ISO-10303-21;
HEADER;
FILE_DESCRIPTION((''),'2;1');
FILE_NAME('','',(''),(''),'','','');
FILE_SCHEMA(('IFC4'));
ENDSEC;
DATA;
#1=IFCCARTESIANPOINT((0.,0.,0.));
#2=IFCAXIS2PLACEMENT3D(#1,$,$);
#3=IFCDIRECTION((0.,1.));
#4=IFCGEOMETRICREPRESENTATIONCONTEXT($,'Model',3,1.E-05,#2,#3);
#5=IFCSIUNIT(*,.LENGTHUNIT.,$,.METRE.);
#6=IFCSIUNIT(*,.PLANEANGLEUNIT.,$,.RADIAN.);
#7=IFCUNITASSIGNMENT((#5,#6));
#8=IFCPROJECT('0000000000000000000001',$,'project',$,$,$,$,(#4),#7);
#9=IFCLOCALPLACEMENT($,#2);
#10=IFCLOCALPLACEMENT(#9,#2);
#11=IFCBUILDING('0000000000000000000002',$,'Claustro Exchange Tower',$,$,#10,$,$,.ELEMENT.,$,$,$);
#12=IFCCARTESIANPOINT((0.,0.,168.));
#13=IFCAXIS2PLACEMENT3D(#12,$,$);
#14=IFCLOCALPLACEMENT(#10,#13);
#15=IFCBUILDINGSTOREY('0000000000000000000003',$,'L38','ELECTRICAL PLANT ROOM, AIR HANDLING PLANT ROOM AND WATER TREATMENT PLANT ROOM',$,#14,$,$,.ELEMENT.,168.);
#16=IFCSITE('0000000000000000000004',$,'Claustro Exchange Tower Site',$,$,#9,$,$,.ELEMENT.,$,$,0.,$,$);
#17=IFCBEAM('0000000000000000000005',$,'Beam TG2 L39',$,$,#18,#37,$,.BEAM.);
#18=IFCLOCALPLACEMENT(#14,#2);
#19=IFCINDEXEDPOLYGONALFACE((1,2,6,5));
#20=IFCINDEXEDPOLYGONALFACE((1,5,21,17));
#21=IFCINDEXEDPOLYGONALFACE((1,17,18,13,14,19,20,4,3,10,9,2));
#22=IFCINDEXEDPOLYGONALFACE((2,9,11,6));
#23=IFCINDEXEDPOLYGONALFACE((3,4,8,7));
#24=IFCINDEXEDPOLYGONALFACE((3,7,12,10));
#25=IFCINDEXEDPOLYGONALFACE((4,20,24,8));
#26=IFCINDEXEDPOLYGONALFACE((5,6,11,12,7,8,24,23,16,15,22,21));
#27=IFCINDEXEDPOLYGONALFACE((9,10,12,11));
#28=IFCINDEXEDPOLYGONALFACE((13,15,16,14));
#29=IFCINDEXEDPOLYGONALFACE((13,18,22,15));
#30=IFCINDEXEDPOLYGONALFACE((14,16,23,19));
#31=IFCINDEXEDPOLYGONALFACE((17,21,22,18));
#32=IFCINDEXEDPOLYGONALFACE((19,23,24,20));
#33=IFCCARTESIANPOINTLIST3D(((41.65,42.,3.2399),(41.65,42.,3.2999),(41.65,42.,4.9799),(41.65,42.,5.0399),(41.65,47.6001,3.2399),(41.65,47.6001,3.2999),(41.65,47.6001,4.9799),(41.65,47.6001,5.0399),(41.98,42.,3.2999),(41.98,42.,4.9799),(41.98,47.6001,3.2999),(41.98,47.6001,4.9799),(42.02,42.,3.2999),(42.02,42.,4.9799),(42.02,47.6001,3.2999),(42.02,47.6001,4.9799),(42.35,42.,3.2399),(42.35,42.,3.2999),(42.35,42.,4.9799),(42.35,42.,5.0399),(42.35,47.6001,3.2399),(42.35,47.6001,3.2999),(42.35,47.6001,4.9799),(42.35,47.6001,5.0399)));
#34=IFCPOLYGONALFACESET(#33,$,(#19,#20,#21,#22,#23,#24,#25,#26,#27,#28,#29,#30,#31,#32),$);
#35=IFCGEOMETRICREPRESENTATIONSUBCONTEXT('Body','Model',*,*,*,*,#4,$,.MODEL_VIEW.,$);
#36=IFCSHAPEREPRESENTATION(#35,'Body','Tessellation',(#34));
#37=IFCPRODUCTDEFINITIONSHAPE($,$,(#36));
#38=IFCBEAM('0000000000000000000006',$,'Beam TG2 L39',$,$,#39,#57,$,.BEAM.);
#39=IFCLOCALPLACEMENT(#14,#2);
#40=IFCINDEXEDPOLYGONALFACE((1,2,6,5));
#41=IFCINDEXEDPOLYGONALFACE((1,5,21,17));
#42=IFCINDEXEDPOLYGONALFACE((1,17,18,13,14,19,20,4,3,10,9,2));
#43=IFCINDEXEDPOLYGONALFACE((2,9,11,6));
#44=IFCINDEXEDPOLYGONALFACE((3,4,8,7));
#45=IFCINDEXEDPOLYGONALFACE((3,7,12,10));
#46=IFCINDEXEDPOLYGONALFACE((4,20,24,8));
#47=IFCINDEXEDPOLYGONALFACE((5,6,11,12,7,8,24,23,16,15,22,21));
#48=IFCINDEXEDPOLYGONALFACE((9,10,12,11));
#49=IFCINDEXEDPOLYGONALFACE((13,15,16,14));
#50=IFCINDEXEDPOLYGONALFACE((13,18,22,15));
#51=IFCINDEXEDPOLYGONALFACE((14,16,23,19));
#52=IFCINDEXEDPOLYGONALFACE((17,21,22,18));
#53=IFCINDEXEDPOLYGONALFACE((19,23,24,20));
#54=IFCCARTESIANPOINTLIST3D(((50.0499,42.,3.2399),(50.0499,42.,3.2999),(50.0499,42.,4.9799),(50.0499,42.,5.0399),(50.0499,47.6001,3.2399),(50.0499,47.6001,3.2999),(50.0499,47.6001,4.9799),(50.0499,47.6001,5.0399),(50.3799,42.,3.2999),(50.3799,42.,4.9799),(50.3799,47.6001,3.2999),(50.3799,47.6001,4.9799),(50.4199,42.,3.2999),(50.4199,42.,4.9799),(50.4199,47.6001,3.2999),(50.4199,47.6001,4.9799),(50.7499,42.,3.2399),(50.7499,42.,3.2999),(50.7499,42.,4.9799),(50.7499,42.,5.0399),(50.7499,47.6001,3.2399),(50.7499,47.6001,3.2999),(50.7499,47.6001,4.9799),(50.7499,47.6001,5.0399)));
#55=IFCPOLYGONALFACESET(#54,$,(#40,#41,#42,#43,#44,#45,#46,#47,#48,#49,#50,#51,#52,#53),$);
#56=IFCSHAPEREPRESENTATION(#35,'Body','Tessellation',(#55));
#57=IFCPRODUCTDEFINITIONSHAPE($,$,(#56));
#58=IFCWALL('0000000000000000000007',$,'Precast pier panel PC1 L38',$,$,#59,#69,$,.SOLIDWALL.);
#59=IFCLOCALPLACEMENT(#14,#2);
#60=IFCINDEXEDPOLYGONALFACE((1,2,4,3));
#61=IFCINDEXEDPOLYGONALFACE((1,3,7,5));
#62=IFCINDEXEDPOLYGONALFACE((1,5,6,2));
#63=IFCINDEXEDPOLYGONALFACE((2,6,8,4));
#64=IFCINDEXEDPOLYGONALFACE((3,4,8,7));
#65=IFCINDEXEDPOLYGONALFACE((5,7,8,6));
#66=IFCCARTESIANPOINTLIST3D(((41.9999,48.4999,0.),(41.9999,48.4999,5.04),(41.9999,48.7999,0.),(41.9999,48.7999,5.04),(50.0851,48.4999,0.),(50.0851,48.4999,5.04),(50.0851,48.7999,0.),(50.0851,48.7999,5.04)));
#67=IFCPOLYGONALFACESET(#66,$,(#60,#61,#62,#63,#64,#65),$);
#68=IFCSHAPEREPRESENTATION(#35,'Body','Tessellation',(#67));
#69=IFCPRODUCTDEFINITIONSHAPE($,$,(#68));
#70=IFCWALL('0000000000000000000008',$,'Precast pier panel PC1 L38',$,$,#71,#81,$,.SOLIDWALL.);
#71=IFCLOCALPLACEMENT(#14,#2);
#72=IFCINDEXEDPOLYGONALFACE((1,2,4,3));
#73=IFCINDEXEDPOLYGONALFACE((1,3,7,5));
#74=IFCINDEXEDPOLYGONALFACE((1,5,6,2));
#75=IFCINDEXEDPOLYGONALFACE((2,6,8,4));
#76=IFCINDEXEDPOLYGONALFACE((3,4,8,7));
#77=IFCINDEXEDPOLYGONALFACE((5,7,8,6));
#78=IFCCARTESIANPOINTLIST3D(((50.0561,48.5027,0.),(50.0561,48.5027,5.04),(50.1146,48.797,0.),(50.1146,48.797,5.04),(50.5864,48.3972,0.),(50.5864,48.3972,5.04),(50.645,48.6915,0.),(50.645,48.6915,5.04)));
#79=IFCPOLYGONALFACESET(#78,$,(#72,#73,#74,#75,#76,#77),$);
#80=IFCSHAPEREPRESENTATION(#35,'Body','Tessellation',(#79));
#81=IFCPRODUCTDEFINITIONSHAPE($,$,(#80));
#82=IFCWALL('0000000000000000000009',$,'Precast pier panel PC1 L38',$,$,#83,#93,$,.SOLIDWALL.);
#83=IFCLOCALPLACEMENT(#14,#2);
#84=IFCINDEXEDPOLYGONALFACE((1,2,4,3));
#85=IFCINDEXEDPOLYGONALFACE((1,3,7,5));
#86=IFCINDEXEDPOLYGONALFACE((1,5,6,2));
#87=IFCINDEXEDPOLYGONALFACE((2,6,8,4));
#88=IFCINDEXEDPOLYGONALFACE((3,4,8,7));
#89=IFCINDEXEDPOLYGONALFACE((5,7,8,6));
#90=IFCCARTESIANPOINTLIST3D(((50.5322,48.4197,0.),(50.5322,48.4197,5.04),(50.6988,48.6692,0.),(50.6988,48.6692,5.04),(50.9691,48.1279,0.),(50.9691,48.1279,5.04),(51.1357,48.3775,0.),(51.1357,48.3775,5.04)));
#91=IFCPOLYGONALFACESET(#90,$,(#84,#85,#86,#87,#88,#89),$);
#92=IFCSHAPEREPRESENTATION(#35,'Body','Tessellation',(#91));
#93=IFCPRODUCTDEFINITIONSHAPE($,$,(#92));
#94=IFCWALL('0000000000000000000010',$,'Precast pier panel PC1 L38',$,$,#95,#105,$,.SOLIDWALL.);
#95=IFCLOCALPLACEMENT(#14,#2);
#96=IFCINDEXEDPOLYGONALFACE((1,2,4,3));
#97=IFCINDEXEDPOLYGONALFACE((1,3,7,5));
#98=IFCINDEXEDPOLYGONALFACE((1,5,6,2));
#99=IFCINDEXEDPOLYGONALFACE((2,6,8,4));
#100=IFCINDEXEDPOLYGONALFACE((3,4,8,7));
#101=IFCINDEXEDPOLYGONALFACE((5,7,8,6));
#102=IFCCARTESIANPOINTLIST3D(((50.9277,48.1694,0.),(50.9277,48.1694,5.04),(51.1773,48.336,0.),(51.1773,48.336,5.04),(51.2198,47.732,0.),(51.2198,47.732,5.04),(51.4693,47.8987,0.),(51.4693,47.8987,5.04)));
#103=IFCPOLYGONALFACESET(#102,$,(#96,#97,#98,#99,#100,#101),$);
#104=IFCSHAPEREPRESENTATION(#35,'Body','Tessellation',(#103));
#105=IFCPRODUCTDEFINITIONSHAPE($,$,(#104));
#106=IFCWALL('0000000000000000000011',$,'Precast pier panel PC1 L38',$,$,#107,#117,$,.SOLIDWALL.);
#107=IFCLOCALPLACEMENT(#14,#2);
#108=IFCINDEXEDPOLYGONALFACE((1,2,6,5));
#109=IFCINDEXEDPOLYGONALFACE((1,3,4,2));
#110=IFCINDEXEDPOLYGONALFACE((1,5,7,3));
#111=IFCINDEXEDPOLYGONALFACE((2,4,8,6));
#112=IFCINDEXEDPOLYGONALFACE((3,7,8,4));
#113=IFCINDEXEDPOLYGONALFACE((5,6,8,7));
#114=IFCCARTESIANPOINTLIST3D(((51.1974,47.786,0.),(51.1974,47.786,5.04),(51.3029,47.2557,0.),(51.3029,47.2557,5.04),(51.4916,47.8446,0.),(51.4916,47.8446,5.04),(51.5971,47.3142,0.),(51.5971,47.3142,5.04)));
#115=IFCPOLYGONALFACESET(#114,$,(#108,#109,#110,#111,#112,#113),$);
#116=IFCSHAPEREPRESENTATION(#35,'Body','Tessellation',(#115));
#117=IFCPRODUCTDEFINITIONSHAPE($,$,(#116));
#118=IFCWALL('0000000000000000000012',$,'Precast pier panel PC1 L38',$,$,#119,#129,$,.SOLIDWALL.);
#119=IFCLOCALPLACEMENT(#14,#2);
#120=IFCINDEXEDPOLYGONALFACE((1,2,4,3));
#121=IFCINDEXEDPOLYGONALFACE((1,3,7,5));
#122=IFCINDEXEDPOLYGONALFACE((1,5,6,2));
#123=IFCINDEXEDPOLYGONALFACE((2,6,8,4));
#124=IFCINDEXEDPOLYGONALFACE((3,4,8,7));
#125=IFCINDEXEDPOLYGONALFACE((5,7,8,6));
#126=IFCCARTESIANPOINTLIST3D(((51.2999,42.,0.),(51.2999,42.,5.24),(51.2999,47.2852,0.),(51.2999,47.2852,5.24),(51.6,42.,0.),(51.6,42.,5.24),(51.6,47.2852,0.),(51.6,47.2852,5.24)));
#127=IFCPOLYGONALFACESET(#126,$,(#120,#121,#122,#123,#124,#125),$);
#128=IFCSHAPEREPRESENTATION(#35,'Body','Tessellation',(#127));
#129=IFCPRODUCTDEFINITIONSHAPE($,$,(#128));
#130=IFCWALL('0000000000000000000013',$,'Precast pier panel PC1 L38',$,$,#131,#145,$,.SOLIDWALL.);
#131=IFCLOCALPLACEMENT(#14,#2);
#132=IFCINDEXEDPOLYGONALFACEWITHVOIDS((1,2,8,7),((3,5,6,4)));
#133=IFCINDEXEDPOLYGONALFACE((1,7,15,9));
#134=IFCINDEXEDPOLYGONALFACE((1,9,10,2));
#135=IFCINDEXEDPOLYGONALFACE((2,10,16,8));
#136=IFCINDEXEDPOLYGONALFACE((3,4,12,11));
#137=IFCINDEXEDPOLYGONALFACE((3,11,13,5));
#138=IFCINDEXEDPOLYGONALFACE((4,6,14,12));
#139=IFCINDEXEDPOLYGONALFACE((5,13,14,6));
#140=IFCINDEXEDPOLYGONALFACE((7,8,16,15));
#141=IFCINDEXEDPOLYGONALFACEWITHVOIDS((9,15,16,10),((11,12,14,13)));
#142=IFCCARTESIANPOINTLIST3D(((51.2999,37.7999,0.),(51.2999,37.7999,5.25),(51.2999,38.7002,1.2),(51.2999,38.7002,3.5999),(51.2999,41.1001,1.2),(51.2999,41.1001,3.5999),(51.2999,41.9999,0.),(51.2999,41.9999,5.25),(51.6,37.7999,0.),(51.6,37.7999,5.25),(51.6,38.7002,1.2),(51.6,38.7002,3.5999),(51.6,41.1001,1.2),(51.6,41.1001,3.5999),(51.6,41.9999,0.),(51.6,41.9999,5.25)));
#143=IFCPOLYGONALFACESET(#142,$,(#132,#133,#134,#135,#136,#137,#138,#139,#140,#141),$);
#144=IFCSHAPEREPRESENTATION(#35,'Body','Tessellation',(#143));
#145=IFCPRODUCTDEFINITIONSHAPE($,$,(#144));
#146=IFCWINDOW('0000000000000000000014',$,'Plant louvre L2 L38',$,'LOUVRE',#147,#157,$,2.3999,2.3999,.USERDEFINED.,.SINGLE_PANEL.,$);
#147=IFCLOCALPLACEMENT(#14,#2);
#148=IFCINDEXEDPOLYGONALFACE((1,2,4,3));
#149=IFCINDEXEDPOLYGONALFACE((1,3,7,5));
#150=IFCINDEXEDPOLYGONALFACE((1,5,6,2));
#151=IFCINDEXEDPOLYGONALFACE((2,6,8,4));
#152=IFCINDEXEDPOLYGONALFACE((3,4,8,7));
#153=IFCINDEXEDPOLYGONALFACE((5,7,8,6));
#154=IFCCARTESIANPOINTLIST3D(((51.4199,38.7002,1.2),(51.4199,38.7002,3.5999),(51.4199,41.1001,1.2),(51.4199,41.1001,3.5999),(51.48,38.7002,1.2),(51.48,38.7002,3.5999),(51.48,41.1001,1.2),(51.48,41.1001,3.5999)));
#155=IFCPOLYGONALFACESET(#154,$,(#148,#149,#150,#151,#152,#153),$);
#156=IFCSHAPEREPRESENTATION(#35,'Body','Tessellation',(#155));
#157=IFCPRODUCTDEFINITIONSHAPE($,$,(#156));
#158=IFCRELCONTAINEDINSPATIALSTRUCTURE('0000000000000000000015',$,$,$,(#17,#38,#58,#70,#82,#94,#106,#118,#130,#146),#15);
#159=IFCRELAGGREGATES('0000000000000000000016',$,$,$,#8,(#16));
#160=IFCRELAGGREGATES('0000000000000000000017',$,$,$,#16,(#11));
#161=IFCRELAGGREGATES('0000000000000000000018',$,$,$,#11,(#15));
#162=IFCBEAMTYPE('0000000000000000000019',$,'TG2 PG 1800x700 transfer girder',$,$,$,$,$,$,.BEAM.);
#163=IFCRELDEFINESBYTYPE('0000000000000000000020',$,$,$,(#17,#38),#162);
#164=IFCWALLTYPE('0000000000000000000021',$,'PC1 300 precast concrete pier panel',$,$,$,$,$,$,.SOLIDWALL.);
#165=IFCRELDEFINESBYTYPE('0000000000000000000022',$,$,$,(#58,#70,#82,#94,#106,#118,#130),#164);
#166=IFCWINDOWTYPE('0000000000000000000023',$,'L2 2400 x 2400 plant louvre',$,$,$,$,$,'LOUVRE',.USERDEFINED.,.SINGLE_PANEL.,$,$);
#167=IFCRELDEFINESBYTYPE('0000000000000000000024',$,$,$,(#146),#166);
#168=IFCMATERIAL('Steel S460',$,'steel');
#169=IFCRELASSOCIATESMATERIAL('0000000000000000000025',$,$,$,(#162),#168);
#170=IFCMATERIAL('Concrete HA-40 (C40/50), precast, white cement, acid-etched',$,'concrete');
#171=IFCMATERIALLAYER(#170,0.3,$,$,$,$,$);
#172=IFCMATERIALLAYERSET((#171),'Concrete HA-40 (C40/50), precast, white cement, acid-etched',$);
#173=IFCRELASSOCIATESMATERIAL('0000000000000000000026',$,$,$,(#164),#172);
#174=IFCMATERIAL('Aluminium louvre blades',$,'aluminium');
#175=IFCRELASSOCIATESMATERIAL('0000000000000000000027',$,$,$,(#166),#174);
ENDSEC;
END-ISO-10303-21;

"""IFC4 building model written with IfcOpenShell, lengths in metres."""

from ifc_helpers import new_model, si_unit, direction, frame, frame_2d, origin, origin_2d, place, context, subcontext, project, spatial, rectangle, i_section, extrude, material, layer, layer_set, material_profile, profile_set, type_object, element, fill, save


model = new_model("IFC4")

# Units and contexts
model_context = context("Model", 3, precision=1e-05, world=origin(), true_north=direction((0.0, 1.0)))
body_context = subcontext(model_context, "Body", "Model", "MODEL_VIEW")
ifc_project = project(units=[si_unit("LENGTHUNIT", "METRE"), si_unit("PLANEANGLEUNIT", "RADIAN")], contexts=[model_context])

# Site, building, storey
site_placement = place(None, origin())
site = spatial("IfcSite", under=ifc_project, at=site_placement, Name="Claustro Exchange Tower Site", CompositionType="ELEMENT", RefElevation=0.0)
building_placement = place(site_placement, origin())
building = spatial("IfcBuilding", under=site, at=building_placement, Name="Claustro Exchange Tower", CompositionType="ELEMENT")
storey_placement = place(building_placement, frame((0.0, 0.0, 168.0)))
storey = spatial("IfcBuildingStorey", under=building, at=storey_placement, Name="L38", Description="ELECTRICAL PLANT ROOM, AIR HANDLING PLANT ROOM AND WATER TREATMENT PLANT ROOM", CompositionType="ELEMENT", Elevation=168.0)

# Beams
ifc_material_1 = material(Name="Steel S460", Category="steel")
ifc_material_profile_1 = material_profile(ifc_material_1, i_section(OverallWidth=0.7, OverallDepth=1.8, WebThickness=0.04, FlangeThickness=0.0601, at=origin_2d()), Name="PG 1800x700")
ifc_profile_set_1 = profile_set([ifc_material_profile_1], Name="Steel S460")
beam_type_1 = type_object("IfcBeamType", Name="TG2 PG 1800x700 transfer girder", PredefinedType="BEAM", material=ifc_profile_set_1)
for number, where, z_axis, x_axis, name in (
    (1, (42.0, 42.0, 4.1399), (0.0, 1.0, 0.0), (-1.0, 0.0, 0.0), "Beam TG2 L39"),
    (2, (50.3999, 42.0, 4.1399), (0.0, 1.0, 0.0), (-1.0, 0.0, 0.0), "Beam TG2 L39"),
):
    element("IfcBeam", number, at=place(storey_placement, frame(where, z_axis=z_axis, x_axis=x_axis)), inside=storey, type_object=beam_type_1, Name=name, PredefinedType="BEAM", context=body_context, shape_type="SweptSolid", body=[
        extrude(i_section(OverallWidth=0.7, OverallDepth=1.8, WebThickness=0.04, FlangeThickness=0.0601, at=origin_2d()), origin(), (0.0, 0.0, 1.0), 5.6001),
    ])

# Walls
ifc_material_2 = material(Name="Concrete HA-40 (C40/50), precast, white cement, acid-etched", Category="concrete")
ifc_layer = layer(ifc_material_2, 0.3)
ifc_layer_set = layer_set([ifc_layer], Name="Concrete HA-40 (C40/50), precast, white cement, acid-etched")
wall_type = type_object("IfcWallType", Name="PC1 300 precast concrete pier panel", PredefinedType="SOLIDWALL", material=ifc_layer_set)
wall_1_placement = place(storey_placement, frame((42.0, 48.6499, 0.0), z_axis=(0.0, 0.0, 1.0), x_axis=(1.0, 0.0, 0.0)))
element("IfcWall", 3, at=wall_1_placement, inside=storey, type_object=wall_type, Name="Precast pier panel PC1 L38", PredefinedType="SOLIDWALL", context=body_context, shape_type="SweptSolid", body=[
    extrude(rectangle(XDim=8.0852, YDim=0.3, at=frame_2d((4.0425, 0.0))), origin(), (0.0, 0.0, 1.0), 5.04),
])
wall_2_placement = place(storey_placement, frame((50.0852, 48.6499, 0.0), z_axis=(0.0, 0.0, 1.0), x_axis=(0.980789, -0.195074, 0.0)))
element("IfcWall", 4, at=wall_2_placement, inside=storey, type_object=wall_type, Name="Precast pier panel PC1 L38", PredefinedType="SOLIDWALL", context=body_context, shape_type="SweptSolid", body=[
    extrude(rectangle(XDim=0.5408, YDim=0.3, at=frame_2d((0.2705, 0.0))), origin(), (0.0, 0.0, 1.0), 5.04),
])
wall_3_placement = place(storey_placement, frame((50.6155, 48.5444, 0.0), z_axis=(0.0, 0.0, 1.0), x_axis=(0.831693, -0.555236, 0.0)))
element("IfcWall", 5, at=wall_3_placement, inside=storey, type_object=wall_type, Name="Precast pier panel PC1 L38", PredefinedType="SOLIDWALL", context=body_context, shape_type="SweptSolid", body=[
    extrude(rectangle(XDim=0.5254, YDim=0.3, at=frame_2d((0.2627, 0.0))), origin(), (0.0, 0.0, 1.0), 5.04),
])
wall_4_placement = place(storey_placement, frame((51.0525, 48.2527, 0.0), z_axis=(0.0, 0.0, 1.0), x_axis=(0.555343, -0.831621, 0.0)))
element("IfcWall", 6, at=wall_4_placement, inside=storey, type_object=wall_type, Name="Precast pier panel PC1 L38", PredefinedType="SOLIDWALL", context=body_context, shape_type="SweptSolid", body=[
    extrude(rectangle(XDim=0.5259, YDim=0.3, at=frame_2d((0.2629, 0.0))), origin(), (0.0, 0.0, 1.0), 5.04),
])
wall_5_placement = place(storey_placement, frame((51.3445, 47.8154, 0.0), z_axis=(0.0, 0.0, 1.0), x_axis=(0.195074, -0.980789, 0.0)))
element("IfcWall", 7, at=wall_5_placement, inside=storey, type_object=wall_type, Name="Precast pier panel PC1 L38", PredefinedType="SOLIDWALL", context=body_context, shape_type="SweptSolid", body=[
    extrude(rectangle(XDim=0.5408, YDim=0.3, at=frame_2d((0.2705, 0.0))), origin(), (0.0, 0.0, 1.0), 5.04),
])
wall_6_placement = place(storey_placement, frame((51.45, 47.2852, 0.0), z_axis=(0.0, 0.0, 1.0), x_axis=(0.0, -1.0, 0.0)))
element("IfcWall", 8, at=wall_6_placement, inside=storey, type_object=wall_type, Name="Precast pier panel PC1 L38", PredefinedType="SOLIDWALL", context=body_context, shape_type="SweptSolid", body=[
    extrude(rectangle(XDim=5.2852, YDim=0.3, at=frame_2d((2.6426, 0.0))), origin(), (0.0, 0.0, 1.0), 5.24),
])

# Wall, opening, window
wall_7_placement = place(storey_placement, frame((51.45, 42.0, 0.0), z_axis=(0.0, 0.0, 1.0), x_axis=(0.0, -1.0, 0.0)))
wall_7 = element("IfcWall", 9, at=wall_7_placement, inside=storey, type_object=wall_type, Name="Precast pier panel PC1 L38", PredefinedType="SOLIDWALL", context=body_context, shape_type="SweptSolid", body=[
    extrude(rectangle(XDim=4.2, YDim=0.3, at=frame_2d((2.1001, 0.0))), origin(), (0.0, 0.0, 1.0), 5.25),
])
opening_placement = place(wall_7_placement, frame((0.8999, 0.0, 1.2)))
opening = element("IfcOpeningElement", 10, at=opening_placement, cuts=wall_7, PredefinedType="OPENING", context=body_context, shape_type="SweptSolid", body=[
    extrude(rectangle(XDim=2.3999, YDim=2.3999, at=frame_2d((1.2, 1.2))), frame((0.0, 0.1599, 0.0), z_axis=(0.0, -1.0, 0.0), x_axis=(1.0, 0.0, 0.0)), (0.0, 0.0, 1.0), 0.3201),
])
ifc_material_3 = material(Name="Aluminium louvre blades", Category="aluminium")
window_type = type_object("IfcWindowType", Name="L2 2400 x 2400 plant louvre", ElementType="LOUVRE", PartitioningType="SINGLE_PANEL", PredefinedType="USERDEFINED", material=ifc_material_3)
window_placement = place(opening_placement, origin())
window = element("IfcWindow", 11, at=window_placement, inside=storey, type_object=window_type, Name="Plant louvre L2 L38", ObjectType="LOUVRE", OverallHeight=2.3999, OverallWidth=2.3999, PartitioningType="SINGLE_PANEL", PredefinedType="USERDEFINED", context=body_context, shape_type="SweptSolid", body=[
    extrude(rectangle(XDim=2.3999, YDim=2.3999, at=frame_2d((1.2, 1.2))), frame((0.0, 0.03, 0.0), z_axis=(0.0, -1.0, 0.0), x_axis=(1.0, 0.0, 0.0)), (0.0, 0.0, 1.0), 0.0601),
])
fill(opening, window)

save(model, "model.ifc")
